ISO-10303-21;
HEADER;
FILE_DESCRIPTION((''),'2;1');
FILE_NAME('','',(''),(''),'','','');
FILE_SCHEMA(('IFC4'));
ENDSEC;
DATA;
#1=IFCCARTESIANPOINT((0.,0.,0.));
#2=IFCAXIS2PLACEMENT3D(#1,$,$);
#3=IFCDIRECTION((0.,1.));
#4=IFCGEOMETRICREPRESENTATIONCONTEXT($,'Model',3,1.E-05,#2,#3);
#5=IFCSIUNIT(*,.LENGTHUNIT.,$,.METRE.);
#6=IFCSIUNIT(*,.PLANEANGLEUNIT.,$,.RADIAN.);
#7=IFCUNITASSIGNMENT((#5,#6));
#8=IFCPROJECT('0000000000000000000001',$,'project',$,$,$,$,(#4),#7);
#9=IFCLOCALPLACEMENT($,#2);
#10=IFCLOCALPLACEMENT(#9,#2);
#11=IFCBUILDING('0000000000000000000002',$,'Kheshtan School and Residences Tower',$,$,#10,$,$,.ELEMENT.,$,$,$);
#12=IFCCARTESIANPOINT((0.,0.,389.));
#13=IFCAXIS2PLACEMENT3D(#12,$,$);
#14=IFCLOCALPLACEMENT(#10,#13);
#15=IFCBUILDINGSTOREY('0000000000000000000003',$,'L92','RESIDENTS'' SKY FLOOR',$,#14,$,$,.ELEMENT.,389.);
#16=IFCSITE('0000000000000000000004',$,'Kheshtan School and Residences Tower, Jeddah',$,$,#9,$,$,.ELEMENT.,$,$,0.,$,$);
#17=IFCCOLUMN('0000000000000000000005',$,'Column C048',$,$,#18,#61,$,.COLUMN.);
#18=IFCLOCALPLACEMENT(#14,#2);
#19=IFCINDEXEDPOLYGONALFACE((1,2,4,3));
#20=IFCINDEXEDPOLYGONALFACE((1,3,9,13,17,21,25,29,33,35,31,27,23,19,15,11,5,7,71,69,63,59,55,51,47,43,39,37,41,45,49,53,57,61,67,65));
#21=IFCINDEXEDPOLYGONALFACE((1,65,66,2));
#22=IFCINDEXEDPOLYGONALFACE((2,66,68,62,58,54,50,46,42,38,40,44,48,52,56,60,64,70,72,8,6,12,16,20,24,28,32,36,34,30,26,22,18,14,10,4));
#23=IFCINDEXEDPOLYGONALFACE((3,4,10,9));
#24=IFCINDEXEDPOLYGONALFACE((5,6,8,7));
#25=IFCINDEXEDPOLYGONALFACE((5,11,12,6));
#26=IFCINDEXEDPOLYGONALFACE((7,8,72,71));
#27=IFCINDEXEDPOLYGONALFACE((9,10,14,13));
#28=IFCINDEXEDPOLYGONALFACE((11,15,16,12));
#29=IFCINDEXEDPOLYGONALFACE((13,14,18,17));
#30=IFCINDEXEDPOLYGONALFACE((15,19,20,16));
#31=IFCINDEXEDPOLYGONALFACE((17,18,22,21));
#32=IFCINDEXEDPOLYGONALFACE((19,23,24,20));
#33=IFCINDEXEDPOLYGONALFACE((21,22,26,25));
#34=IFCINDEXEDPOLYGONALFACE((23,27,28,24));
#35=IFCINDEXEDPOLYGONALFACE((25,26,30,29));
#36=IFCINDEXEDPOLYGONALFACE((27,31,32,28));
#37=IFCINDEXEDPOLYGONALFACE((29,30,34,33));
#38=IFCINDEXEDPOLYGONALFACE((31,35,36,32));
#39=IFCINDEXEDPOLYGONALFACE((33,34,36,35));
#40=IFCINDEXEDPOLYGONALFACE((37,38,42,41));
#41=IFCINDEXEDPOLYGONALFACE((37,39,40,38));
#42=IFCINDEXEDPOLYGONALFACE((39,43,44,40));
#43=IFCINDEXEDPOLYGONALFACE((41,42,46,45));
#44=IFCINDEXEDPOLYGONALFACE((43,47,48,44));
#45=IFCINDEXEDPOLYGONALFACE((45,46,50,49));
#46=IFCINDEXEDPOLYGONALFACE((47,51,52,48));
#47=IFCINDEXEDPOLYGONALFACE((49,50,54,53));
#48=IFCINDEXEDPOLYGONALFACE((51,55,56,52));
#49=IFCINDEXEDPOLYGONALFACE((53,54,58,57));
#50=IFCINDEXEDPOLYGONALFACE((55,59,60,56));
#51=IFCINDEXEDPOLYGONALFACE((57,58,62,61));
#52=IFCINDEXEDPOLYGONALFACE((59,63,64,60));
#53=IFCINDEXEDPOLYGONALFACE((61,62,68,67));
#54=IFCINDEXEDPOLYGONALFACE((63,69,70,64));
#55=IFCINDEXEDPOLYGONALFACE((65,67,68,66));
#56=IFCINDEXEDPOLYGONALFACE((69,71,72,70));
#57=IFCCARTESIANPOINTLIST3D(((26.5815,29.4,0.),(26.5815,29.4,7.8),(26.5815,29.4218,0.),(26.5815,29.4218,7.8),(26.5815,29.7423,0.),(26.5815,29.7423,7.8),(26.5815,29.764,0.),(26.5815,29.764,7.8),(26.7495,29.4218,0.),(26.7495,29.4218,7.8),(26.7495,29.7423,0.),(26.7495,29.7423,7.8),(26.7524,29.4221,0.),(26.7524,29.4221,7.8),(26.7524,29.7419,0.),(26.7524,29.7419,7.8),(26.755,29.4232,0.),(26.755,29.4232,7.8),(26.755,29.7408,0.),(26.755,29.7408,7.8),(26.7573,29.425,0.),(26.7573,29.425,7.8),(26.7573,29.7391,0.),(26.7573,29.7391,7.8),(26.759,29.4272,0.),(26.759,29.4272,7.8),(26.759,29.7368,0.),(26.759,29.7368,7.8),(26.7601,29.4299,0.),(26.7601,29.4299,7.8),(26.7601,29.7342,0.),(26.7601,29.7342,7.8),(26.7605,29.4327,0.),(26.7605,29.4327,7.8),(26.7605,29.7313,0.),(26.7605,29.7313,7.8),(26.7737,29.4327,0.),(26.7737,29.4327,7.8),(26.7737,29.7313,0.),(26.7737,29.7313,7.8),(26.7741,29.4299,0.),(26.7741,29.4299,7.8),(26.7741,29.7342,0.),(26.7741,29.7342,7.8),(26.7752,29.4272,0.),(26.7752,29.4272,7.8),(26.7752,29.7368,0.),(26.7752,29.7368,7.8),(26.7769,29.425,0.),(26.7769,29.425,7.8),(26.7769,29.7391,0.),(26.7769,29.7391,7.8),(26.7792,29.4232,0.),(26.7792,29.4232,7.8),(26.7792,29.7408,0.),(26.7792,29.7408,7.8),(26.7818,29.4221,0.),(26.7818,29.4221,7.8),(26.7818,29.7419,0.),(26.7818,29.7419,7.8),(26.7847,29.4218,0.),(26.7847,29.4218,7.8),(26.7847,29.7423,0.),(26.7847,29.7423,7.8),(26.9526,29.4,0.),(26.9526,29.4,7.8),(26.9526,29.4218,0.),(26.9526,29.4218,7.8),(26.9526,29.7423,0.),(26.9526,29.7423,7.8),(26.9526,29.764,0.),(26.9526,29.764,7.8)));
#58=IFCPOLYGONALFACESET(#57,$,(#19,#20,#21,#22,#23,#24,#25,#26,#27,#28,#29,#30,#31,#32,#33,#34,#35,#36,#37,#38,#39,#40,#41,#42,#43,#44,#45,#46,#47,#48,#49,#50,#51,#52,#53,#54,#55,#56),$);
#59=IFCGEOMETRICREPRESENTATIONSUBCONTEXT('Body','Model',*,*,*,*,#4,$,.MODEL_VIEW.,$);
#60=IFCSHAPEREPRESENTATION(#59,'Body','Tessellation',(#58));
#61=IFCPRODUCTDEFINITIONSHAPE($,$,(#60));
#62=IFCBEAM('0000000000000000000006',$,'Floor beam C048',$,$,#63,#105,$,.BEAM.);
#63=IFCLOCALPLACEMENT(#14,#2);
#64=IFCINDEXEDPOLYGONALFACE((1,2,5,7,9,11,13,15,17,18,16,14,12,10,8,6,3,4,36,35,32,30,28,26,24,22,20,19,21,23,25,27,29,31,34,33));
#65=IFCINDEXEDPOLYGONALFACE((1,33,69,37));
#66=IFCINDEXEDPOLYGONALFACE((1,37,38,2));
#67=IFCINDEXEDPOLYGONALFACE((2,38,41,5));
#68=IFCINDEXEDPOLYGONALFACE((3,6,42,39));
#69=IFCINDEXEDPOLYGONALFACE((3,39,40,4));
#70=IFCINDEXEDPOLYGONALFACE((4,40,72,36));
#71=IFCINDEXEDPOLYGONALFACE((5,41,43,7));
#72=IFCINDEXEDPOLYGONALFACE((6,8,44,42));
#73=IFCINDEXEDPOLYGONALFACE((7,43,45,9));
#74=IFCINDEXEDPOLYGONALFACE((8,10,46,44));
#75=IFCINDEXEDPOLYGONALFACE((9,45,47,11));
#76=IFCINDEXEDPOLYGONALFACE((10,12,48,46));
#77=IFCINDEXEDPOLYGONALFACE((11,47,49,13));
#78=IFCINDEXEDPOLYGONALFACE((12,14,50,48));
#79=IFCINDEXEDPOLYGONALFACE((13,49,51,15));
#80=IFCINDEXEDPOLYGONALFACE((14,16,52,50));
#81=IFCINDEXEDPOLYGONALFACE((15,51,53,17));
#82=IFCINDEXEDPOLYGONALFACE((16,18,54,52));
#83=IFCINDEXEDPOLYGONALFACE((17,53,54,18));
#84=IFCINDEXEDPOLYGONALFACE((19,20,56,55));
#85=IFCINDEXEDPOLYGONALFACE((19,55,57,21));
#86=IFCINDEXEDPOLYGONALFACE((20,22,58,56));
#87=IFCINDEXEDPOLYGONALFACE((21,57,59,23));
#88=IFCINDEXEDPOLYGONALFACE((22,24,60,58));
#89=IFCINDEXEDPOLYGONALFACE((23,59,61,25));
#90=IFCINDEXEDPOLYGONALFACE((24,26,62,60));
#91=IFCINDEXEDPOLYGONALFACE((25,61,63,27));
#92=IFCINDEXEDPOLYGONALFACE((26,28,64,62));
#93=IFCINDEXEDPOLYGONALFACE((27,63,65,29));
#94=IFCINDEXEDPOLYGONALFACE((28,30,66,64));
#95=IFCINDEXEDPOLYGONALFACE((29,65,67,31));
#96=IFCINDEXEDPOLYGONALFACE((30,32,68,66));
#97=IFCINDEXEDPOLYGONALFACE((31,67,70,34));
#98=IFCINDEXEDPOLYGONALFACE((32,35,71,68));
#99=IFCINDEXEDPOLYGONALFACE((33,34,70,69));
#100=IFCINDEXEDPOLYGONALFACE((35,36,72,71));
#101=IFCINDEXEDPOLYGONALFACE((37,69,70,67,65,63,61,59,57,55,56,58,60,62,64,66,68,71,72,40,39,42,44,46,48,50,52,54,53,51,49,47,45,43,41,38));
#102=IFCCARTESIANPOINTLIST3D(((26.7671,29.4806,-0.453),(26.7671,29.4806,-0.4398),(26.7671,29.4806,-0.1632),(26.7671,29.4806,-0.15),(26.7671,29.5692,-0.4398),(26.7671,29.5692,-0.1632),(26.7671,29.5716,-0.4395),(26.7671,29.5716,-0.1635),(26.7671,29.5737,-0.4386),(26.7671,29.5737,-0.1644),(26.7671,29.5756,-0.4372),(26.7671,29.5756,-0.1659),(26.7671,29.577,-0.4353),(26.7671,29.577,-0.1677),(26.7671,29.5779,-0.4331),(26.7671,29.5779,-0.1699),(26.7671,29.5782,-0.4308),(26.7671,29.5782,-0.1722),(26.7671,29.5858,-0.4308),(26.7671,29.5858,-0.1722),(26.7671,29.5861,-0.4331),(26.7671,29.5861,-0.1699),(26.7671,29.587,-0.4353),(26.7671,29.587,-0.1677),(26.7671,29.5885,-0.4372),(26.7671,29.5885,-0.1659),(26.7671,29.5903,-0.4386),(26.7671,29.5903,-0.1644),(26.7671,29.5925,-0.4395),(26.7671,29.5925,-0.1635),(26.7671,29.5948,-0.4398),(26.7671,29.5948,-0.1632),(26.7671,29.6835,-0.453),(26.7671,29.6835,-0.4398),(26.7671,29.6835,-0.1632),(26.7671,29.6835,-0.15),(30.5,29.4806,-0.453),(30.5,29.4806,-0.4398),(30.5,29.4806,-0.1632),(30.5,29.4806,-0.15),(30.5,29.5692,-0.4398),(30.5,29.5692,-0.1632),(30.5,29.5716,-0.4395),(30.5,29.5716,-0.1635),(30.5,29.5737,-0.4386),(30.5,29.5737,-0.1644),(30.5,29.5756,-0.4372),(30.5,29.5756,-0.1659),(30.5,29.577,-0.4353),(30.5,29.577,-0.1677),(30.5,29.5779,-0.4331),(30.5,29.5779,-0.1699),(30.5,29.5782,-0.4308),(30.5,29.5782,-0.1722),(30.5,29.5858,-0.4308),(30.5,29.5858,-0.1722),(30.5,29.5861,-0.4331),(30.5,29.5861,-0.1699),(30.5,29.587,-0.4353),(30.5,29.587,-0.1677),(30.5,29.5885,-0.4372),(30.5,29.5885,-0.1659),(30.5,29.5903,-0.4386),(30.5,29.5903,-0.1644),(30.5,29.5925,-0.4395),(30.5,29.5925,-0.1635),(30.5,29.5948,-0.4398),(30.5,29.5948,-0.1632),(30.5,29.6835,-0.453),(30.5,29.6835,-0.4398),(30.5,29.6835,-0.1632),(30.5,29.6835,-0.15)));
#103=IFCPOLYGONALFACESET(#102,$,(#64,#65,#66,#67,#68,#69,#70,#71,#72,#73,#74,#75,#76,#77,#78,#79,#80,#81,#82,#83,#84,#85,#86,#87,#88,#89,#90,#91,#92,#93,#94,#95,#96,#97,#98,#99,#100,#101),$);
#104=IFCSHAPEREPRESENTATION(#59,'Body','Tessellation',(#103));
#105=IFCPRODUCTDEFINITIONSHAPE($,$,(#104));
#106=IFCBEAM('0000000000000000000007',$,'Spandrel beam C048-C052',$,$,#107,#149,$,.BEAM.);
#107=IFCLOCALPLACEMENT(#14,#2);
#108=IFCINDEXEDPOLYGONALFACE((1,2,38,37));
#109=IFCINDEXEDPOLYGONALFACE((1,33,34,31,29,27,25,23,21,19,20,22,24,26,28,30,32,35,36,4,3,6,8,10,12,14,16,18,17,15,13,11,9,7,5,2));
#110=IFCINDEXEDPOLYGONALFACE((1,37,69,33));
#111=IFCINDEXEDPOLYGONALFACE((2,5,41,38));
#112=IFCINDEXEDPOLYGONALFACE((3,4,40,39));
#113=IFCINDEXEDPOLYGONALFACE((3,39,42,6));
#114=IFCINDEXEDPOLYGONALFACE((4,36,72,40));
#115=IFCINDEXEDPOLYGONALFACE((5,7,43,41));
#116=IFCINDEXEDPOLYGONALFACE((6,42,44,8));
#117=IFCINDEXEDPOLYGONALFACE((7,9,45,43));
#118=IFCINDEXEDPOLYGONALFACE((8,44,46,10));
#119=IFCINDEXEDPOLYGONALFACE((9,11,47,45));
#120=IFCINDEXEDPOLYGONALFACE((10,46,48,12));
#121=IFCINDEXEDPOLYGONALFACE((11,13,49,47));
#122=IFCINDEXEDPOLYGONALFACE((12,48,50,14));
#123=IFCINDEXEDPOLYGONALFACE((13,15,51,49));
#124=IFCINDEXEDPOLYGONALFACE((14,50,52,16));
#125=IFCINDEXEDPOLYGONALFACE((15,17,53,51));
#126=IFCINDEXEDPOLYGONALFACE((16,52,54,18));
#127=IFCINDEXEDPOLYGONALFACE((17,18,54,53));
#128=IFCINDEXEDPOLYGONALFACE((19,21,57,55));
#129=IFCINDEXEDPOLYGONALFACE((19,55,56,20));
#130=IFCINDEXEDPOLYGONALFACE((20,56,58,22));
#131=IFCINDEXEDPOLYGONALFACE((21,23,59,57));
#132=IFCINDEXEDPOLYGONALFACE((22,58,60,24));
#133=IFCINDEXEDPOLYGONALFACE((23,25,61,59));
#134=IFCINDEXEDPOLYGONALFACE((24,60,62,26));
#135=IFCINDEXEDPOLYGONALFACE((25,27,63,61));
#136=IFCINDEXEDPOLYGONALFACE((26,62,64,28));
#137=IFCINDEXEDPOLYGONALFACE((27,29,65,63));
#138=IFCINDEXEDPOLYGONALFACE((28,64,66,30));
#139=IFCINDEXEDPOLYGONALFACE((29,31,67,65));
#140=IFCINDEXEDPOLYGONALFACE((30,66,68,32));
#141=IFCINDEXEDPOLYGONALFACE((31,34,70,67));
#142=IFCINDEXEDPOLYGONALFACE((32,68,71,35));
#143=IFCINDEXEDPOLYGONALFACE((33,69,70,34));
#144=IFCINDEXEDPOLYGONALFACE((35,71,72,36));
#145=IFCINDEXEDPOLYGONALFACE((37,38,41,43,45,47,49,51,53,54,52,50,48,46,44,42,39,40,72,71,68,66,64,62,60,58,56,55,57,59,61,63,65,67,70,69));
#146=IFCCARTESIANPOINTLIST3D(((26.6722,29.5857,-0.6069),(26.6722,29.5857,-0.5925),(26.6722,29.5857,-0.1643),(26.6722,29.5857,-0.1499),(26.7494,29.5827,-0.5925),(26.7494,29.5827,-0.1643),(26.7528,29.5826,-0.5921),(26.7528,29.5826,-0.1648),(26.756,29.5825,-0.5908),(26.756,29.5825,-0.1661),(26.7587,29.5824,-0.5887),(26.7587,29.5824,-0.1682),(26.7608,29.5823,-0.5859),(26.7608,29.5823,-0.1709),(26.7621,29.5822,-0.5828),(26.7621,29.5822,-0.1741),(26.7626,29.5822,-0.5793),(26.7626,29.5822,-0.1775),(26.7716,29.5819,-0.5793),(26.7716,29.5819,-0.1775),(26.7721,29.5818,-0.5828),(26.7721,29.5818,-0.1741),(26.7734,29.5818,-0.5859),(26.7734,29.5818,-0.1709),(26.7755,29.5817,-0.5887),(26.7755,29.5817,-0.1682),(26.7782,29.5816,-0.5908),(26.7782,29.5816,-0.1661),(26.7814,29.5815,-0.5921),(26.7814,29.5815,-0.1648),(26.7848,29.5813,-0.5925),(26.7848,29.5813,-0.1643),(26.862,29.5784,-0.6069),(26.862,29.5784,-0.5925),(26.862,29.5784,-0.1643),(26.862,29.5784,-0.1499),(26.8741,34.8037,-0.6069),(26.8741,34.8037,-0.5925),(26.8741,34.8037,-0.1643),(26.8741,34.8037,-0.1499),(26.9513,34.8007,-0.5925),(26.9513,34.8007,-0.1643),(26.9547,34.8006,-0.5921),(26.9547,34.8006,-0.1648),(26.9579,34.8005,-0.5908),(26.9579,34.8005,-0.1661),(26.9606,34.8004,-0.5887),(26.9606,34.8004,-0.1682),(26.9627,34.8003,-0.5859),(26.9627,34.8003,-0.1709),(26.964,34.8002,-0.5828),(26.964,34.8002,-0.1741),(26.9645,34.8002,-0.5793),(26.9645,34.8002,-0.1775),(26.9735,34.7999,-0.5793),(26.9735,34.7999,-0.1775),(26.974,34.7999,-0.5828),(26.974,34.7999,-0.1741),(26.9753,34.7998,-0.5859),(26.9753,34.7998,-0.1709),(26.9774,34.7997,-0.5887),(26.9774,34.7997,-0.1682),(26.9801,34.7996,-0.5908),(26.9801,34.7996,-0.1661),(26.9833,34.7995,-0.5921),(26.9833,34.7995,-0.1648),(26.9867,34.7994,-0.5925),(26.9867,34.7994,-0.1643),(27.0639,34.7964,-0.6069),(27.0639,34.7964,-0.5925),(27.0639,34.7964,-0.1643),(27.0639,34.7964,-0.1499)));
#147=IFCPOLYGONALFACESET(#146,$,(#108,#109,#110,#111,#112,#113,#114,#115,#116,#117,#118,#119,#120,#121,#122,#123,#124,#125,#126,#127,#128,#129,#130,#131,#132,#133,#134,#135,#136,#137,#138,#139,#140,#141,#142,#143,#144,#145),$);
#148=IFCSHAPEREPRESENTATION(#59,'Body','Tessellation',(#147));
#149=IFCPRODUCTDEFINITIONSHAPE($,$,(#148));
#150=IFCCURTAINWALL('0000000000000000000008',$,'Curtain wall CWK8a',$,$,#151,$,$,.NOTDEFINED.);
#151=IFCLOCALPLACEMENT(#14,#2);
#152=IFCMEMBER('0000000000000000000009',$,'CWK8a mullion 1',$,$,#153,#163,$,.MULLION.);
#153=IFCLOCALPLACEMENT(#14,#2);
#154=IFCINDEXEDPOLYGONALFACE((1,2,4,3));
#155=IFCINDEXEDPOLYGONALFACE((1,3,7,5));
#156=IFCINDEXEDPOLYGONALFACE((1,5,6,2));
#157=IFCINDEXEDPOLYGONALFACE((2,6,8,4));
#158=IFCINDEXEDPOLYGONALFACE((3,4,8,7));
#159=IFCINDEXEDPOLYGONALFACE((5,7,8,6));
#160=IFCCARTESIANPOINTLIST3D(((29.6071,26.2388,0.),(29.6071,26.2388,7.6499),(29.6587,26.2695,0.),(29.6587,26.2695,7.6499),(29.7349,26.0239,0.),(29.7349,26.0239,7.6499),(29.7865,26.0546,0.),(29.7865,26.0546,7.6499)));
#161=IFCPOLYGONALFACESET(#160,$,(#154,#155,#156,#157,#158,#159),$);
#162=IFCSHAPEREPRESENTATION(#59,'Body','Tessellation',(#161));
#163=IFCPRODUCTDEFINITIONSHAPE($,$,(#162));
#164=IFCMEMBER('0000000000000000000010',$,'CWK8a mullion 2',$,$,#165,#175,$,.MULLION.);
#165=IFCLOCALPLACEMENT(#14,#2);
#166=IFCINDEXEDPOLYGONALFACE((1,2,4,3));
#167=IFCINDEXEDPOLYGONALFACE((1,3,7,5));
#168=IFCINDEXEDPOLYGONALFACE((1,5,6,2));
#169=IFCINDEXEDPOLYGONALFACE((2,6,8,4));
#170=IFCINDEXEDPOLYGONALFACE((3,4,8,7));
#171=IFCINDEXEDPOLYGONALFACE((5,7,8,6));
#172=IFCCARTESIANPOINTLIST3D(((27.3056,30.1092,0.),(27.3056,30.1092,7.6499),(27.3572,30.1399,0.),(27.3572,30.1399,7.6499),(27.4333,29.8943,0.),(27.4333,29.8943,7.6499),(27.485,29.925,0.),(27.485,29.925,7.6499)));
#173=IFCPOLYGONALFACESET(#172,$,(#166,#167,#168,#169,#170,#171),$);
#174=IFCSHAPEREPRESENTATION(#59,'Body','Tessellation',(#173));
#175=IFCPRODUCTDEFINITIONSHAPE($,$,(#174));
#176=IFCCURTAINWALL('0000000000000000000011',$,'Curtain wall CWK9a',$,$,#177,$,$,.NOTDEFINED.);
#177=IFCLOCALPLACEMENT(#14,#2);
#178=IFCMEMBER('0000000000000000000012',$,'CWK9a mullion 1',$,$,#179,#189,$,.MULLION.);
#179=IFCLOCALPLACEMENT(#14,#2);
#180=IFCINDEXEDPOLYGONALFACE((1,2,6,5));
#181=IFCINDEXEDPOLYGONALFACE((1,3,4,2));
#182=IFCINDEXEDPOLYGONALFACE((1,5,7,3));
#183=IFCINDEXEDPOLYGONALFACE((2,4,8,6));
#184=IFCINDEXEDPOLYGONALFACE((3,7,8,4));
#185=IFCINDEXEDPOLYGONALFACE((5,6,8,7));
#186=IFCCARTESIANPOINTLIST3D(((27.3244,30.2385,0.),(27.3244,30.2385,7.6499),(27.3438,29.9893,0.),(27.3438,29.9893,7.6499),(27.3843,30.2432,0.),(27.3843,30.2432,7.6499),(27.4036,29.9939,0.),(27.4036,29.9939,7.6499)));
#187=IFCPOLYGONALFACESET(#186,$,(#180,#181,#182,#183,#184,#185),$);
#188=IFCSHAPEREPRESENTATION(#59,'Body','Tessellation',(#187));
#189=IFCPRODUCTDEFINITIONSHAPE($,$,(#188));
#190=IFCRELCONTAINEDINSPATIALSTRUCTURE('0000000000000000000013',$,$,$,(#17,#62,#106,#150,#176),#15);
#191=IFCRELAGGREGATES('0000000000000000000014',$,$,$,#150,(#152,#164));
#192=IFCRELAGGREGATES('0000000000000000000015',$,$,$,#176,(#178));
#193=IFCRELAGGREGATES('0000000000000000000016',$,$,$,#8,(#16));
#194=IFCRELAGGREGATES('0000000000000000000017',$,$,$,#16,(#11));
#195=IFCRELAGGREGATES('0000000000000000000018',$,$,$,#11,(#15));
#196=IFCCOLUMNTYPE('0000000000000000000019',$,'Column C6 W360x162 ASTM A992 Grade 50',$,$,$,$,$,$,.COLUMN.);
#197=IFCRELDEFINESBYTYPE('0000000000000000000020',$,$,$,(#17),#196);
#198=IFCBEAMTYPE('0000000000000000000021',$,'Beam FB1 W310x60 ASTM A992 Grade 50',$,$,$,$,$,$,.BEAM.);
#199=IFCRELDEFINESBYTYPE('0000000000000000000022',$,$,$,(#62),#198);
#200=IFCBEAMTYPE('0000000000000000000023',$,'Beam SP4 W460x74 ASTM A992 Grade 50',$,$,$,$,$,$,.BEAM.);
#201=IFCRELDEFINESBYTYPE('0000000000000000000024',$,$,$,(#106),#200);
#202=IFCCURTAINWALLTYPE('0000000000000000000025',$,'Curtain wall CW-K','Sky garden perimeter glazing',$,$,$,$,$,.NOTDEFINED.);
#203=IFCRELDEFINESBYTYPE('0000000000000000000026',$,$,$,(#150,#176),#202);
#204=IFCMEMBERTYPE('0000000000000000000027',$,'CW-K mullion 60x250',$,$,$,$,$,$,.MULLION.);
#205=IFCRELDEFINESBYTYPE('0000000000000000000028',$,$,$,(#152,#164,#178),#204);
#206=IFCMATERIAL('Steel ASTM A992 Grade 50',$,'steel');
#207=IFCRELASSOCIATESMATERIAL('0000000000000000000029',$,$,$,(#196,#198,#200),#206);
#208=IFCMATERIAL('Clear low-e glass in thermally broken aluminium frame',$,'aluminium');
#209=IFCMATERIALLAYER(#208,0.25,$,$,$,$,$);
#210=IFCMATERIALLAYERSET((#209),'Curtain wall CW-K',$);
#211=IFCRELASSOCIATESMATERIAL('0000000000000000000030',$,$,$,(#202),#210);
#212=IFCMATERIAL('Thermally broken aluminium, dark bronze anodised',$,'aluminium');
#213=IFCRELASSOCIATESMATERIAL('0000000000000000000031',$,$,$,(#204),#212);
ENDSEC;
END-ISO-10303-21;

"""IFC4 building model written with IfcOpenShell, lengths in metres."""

from ifc_helpers import new_model, si_unit, direction, frame, origin, origin_2d, place, context, subcontext, project, spatial, rectangle, i_section, extrude, material, layer, layer_set, material_profile, profile_set, type_object, element, aggregate, save


model = new_model("IFC4")

# Units and contexts
model_context = context("Model", 3, precision=1e-05, world=origin(), true_north=direction((0.0, 1.0)))
body_context = subcontext(model_context, "Body", "Model", "MODEL_VIEW")
ifc_project = project(units=[si_unit("LENGTHUNIT", "METRE"), si_unit("PLANEANGLEUNIT", "RADIAN")], contexts=[model_context])

# Site, building, storey
site_placement = place(None, origin())
site = spatial("IfcSite", under=ifc_project, at=site_placement, Name="Kheshtan School and Residences Tower, Jeddah", CompositionType="ELEMENT", RefElevation=0.0)
building_placement = place(site_placement, origin())
building = spatial("IfcBuilding", under=site, at=building_placement, Name="Kheshtan School and Residences Tower", CompositionType="ELEMENT")
storey_placement = place(building_placement, frame((0.0, 0.0, 389.0)))
storey = spatial("IfcBuildingStorey", under=building, at=storey_placement, Name="L92", Description="RESIDENTS' SKY FLOOR", CompositionType="ELEMENT", Elevation=389.0)

# Column
ifc_material_1 = material(Name="Steel ASTM A992 Grade 50", Category="steel")
ifc_material_profile_1 = material_profile(ifc_material_1, i_section(OverallWidth=0.3711, OverallDepth=0.364, WebThickness=0.0132, FlangeThickness=0.0217, FilletRadius=0.011, at=origin_2d()), Name="W360x162")
ifc_profile_set_1 = profile_set([ifc_material_profile_1], Name="Steel ASTM A992 Grade 50")
column_type = type_object("IfcColumnType", Name="Column C6 W360x162 ASTM A992 Grade 50", PredefinedType="COLUMN", material=ifc_profile_set_1)
column_placement = place(storey_placement, frame((26.7671, 29.582, 0.0), z_axis=(0.0, 0.0, 1.0), x_axis=(1.0, 0.0, 0.0)))
element("IfcColumn", 1, at=column_placement, inside=storey, type_object=column_type, Name="Column C048", PredefinedType="COLUMN", context=body_context, shape_type="SweptSolid", body=[
    extrude(i_section(OverallWidth=0.3711, OverallDepth=0.364, WebThickness=0.0132, FlangeThickness=0.0217, FilletRadius=0.011, at=origin_2d()), origin(), (0.0, 0.0, 1.0), 7.8),
])

# Beams
ifc_material_profile_2 = material_profile(ifc_material_1, i_section(OverallWidth=0.2029, OverallDepth=0.303, WebThickness=0.0076, FlangeThickness=0.0132, FilletRadius=0.009, at=origin_2d()), Name="W310x60")
ifc_profile_set_2 = profile_set([ifc_material_profile_2], Name="Steel ASTM A992 Grade 50")
beam_type_1 = type_object("IfcBeamType", Name="Beam FB1 W310x60 ASTM A992 Grade 50", PredefinedType="BEAM", material=ifc_profile_set_2)
beam_1_placement = place(storey_placement, frame((26.7671, 29.582, -0.3015), z_axis=(1.0, 0.0, 0.0), x_axis=(0.0, 1.0, 0.0)))
element("IfcBeam", 2, at=beam_1_placement, inside=storey, type_object=beam_type_1, Name="Floor beam C048", PredefinedType="BEAM", context=body_context, shape_type="SweptSolid", body=[
    extrude(i_section(OverallWidth=0.2029, OverallDepth=0.303, WebThickness=0.0076, FlangeThickness=0.0132, FilletRadius=0.009, at=origin_2d()), origin(), (0.0, 0.0, 1.0), 3.7329),
])
ifc_material_profile_3 = material_profile(ifc_material_1, i_section(OverallWidth=0.1899, OverallDepth=0.457, WebThickness=0.009, FlangeThickness=0.0144, FilletRadius=0.0132, at=origin_2d()), Name="W460x74")
ifc_profile_set_3 = profile_set([ifc_material_profile_3], Name="Steel ASTM A992 Grade 50")
beam_type_2 = type_object("IfcBeamType", Name="Beam SP4 W460x74 ASTM A992 Grade 50", PredefinedType="BEAM", material=ifc_profile_set_3)
beam_2_placement = place(storey_placement, frame((26.7671, 29.582, -0.3784), z_axis=(0.038665, 0.999252, 0.0), x_axis=(-0.999252, 0.038665, 0.0)))
element("IfcBeam", 3, at=beam_2_placement, inside=storey, type_object=beam_type_2, Name="Spandrel beam C048-C052", PredefinedType="BEAM", context=body_context, shape_type="SweptSolid", body=[
    extrude(i_section(OverallWidth=0.1899, OverallDepth=0.457, WebThickness=0.009, FlangeThickness=0.0144, FilletRadius=0.0132, at=origin_2d()), origin(), (0.0, 0.0, 1.0), 5.2219),
])

# Curtain walls, members
ifc_material_2 = material(Name="Clear low-e glass in thermally broken aluminium frame", Category="aluminium")
ifc_layer_1 = layer(ifc_material_2, 0.25)
ifc_layer_set_1 = layer_set([ifc_layer_1], Name="Curtain wall CW-K")
curtain_wall_type = type_object("IfcCurtainWallType", Name="Curtain wall CW-K", Description="Sky garden perimeter glazing", PredefinedType="NOTDEFINED", material=ifc_layer_set_1)
curtain_wall_1_placement = place(storey_placement, origin())
curtain_wall_1 = element("IfcCurtainWall", 4, at=curtain_wall_1_placement, inside=storey, type_object=curtain_wall_type, Name="Curtain wall CWK8a", PredefinedType="NOTDEFINED")
ifc_material_3 = material(Name="Thermally broken aluminium, dark bronze anodised", Category="aluminium")
ifc_material_profile_4 = material_profile(ifc_material_3, rectangle(XDim=0.0601, YDim=0.25, at=origin_2d()), Name="CW-K mullion 60x250")
ifc_profile_set_4 = profile_set([ifc_material_profile_4], Name="Thermally broken aluminium, dark bronze anodised")
member_type_1 = type_object("IfcMemberType", Name="CW-K mullion 60x250", PredefinedType="MULLION", material=ifc_profile_set_4)
member_1_placement = place(storey_placement, frame((29.6968, 26.1467, 0.0), z_axis=(0.0, 0.0, 1.0), x_axis=(-0.859536, -0.511075, 0.0)))
member_1 = element("IfcMember", 5, at=member_1_placement, type_object=member_type_1, Name="CWK8a mullion 1", PredefinedType="MULLION", context=body_context, shape_type="SweptSolid", body=[
    extrude(rectangle(XDim=0.0601, YDim=0.25, at=origin_2d()), origin(), (0.0, 0.0, 1.0), 7.6499),
])
member_2_placement = place(storey_placement, frame((27.3953, 30.0171, 0.0), z_axis=(0.0, 0.0, 1.0), x_axis=(-0.859536, -0.511075, 0.0)))
member_2 = element("IfcMember", 6, at=member_2_placement, type_object=member_type_1, Name="CWK8a mullion 2", PredefinedType="MULLION", context=body_context, shape_type="SweptSolid", body=[
    extrude(rectangle(XDim=0.0601, YDim=0.25, at=origin_2d()), origin(), (0.0, 0.0, 1.0), 7.6499),
])
curtain_wall_2_placement = place(storey_placement, origin())
curtain_wall_2 = element("IfcCurtainWall", 7, at=curtain_wall_2_placement, inside=storey, type_object=curtain_wall_type, Name="Curtain wall CWK9a", PredefinedType="NOTDEFINED")
member_3_placement = place(storey_placement, frame((27.364, 30.1162, 0.0), z_axis=(0.0, 0.0, 1.0), x_axis=(-0.996989, -0.077549, 0.0)))
member_3 = element("IfcMember", 8, at=member_3_placement, type_object=member_type_1, Name="CWK9a mullion 1", PredefinedType="MULLION", context=body_context, shape_type="SweptSolid", body=[
    extrude(rectangle(XDim=0.0601, YDim=0.25, at=origin_2d()), origin(), (0.0, 0.0, 1.0), 7.6499),
])

aggregate(curtain_wall_1, [member_1, member_2])
aggregate(curtain_wall_2, [member_3])

save(model, "model.ifc")
